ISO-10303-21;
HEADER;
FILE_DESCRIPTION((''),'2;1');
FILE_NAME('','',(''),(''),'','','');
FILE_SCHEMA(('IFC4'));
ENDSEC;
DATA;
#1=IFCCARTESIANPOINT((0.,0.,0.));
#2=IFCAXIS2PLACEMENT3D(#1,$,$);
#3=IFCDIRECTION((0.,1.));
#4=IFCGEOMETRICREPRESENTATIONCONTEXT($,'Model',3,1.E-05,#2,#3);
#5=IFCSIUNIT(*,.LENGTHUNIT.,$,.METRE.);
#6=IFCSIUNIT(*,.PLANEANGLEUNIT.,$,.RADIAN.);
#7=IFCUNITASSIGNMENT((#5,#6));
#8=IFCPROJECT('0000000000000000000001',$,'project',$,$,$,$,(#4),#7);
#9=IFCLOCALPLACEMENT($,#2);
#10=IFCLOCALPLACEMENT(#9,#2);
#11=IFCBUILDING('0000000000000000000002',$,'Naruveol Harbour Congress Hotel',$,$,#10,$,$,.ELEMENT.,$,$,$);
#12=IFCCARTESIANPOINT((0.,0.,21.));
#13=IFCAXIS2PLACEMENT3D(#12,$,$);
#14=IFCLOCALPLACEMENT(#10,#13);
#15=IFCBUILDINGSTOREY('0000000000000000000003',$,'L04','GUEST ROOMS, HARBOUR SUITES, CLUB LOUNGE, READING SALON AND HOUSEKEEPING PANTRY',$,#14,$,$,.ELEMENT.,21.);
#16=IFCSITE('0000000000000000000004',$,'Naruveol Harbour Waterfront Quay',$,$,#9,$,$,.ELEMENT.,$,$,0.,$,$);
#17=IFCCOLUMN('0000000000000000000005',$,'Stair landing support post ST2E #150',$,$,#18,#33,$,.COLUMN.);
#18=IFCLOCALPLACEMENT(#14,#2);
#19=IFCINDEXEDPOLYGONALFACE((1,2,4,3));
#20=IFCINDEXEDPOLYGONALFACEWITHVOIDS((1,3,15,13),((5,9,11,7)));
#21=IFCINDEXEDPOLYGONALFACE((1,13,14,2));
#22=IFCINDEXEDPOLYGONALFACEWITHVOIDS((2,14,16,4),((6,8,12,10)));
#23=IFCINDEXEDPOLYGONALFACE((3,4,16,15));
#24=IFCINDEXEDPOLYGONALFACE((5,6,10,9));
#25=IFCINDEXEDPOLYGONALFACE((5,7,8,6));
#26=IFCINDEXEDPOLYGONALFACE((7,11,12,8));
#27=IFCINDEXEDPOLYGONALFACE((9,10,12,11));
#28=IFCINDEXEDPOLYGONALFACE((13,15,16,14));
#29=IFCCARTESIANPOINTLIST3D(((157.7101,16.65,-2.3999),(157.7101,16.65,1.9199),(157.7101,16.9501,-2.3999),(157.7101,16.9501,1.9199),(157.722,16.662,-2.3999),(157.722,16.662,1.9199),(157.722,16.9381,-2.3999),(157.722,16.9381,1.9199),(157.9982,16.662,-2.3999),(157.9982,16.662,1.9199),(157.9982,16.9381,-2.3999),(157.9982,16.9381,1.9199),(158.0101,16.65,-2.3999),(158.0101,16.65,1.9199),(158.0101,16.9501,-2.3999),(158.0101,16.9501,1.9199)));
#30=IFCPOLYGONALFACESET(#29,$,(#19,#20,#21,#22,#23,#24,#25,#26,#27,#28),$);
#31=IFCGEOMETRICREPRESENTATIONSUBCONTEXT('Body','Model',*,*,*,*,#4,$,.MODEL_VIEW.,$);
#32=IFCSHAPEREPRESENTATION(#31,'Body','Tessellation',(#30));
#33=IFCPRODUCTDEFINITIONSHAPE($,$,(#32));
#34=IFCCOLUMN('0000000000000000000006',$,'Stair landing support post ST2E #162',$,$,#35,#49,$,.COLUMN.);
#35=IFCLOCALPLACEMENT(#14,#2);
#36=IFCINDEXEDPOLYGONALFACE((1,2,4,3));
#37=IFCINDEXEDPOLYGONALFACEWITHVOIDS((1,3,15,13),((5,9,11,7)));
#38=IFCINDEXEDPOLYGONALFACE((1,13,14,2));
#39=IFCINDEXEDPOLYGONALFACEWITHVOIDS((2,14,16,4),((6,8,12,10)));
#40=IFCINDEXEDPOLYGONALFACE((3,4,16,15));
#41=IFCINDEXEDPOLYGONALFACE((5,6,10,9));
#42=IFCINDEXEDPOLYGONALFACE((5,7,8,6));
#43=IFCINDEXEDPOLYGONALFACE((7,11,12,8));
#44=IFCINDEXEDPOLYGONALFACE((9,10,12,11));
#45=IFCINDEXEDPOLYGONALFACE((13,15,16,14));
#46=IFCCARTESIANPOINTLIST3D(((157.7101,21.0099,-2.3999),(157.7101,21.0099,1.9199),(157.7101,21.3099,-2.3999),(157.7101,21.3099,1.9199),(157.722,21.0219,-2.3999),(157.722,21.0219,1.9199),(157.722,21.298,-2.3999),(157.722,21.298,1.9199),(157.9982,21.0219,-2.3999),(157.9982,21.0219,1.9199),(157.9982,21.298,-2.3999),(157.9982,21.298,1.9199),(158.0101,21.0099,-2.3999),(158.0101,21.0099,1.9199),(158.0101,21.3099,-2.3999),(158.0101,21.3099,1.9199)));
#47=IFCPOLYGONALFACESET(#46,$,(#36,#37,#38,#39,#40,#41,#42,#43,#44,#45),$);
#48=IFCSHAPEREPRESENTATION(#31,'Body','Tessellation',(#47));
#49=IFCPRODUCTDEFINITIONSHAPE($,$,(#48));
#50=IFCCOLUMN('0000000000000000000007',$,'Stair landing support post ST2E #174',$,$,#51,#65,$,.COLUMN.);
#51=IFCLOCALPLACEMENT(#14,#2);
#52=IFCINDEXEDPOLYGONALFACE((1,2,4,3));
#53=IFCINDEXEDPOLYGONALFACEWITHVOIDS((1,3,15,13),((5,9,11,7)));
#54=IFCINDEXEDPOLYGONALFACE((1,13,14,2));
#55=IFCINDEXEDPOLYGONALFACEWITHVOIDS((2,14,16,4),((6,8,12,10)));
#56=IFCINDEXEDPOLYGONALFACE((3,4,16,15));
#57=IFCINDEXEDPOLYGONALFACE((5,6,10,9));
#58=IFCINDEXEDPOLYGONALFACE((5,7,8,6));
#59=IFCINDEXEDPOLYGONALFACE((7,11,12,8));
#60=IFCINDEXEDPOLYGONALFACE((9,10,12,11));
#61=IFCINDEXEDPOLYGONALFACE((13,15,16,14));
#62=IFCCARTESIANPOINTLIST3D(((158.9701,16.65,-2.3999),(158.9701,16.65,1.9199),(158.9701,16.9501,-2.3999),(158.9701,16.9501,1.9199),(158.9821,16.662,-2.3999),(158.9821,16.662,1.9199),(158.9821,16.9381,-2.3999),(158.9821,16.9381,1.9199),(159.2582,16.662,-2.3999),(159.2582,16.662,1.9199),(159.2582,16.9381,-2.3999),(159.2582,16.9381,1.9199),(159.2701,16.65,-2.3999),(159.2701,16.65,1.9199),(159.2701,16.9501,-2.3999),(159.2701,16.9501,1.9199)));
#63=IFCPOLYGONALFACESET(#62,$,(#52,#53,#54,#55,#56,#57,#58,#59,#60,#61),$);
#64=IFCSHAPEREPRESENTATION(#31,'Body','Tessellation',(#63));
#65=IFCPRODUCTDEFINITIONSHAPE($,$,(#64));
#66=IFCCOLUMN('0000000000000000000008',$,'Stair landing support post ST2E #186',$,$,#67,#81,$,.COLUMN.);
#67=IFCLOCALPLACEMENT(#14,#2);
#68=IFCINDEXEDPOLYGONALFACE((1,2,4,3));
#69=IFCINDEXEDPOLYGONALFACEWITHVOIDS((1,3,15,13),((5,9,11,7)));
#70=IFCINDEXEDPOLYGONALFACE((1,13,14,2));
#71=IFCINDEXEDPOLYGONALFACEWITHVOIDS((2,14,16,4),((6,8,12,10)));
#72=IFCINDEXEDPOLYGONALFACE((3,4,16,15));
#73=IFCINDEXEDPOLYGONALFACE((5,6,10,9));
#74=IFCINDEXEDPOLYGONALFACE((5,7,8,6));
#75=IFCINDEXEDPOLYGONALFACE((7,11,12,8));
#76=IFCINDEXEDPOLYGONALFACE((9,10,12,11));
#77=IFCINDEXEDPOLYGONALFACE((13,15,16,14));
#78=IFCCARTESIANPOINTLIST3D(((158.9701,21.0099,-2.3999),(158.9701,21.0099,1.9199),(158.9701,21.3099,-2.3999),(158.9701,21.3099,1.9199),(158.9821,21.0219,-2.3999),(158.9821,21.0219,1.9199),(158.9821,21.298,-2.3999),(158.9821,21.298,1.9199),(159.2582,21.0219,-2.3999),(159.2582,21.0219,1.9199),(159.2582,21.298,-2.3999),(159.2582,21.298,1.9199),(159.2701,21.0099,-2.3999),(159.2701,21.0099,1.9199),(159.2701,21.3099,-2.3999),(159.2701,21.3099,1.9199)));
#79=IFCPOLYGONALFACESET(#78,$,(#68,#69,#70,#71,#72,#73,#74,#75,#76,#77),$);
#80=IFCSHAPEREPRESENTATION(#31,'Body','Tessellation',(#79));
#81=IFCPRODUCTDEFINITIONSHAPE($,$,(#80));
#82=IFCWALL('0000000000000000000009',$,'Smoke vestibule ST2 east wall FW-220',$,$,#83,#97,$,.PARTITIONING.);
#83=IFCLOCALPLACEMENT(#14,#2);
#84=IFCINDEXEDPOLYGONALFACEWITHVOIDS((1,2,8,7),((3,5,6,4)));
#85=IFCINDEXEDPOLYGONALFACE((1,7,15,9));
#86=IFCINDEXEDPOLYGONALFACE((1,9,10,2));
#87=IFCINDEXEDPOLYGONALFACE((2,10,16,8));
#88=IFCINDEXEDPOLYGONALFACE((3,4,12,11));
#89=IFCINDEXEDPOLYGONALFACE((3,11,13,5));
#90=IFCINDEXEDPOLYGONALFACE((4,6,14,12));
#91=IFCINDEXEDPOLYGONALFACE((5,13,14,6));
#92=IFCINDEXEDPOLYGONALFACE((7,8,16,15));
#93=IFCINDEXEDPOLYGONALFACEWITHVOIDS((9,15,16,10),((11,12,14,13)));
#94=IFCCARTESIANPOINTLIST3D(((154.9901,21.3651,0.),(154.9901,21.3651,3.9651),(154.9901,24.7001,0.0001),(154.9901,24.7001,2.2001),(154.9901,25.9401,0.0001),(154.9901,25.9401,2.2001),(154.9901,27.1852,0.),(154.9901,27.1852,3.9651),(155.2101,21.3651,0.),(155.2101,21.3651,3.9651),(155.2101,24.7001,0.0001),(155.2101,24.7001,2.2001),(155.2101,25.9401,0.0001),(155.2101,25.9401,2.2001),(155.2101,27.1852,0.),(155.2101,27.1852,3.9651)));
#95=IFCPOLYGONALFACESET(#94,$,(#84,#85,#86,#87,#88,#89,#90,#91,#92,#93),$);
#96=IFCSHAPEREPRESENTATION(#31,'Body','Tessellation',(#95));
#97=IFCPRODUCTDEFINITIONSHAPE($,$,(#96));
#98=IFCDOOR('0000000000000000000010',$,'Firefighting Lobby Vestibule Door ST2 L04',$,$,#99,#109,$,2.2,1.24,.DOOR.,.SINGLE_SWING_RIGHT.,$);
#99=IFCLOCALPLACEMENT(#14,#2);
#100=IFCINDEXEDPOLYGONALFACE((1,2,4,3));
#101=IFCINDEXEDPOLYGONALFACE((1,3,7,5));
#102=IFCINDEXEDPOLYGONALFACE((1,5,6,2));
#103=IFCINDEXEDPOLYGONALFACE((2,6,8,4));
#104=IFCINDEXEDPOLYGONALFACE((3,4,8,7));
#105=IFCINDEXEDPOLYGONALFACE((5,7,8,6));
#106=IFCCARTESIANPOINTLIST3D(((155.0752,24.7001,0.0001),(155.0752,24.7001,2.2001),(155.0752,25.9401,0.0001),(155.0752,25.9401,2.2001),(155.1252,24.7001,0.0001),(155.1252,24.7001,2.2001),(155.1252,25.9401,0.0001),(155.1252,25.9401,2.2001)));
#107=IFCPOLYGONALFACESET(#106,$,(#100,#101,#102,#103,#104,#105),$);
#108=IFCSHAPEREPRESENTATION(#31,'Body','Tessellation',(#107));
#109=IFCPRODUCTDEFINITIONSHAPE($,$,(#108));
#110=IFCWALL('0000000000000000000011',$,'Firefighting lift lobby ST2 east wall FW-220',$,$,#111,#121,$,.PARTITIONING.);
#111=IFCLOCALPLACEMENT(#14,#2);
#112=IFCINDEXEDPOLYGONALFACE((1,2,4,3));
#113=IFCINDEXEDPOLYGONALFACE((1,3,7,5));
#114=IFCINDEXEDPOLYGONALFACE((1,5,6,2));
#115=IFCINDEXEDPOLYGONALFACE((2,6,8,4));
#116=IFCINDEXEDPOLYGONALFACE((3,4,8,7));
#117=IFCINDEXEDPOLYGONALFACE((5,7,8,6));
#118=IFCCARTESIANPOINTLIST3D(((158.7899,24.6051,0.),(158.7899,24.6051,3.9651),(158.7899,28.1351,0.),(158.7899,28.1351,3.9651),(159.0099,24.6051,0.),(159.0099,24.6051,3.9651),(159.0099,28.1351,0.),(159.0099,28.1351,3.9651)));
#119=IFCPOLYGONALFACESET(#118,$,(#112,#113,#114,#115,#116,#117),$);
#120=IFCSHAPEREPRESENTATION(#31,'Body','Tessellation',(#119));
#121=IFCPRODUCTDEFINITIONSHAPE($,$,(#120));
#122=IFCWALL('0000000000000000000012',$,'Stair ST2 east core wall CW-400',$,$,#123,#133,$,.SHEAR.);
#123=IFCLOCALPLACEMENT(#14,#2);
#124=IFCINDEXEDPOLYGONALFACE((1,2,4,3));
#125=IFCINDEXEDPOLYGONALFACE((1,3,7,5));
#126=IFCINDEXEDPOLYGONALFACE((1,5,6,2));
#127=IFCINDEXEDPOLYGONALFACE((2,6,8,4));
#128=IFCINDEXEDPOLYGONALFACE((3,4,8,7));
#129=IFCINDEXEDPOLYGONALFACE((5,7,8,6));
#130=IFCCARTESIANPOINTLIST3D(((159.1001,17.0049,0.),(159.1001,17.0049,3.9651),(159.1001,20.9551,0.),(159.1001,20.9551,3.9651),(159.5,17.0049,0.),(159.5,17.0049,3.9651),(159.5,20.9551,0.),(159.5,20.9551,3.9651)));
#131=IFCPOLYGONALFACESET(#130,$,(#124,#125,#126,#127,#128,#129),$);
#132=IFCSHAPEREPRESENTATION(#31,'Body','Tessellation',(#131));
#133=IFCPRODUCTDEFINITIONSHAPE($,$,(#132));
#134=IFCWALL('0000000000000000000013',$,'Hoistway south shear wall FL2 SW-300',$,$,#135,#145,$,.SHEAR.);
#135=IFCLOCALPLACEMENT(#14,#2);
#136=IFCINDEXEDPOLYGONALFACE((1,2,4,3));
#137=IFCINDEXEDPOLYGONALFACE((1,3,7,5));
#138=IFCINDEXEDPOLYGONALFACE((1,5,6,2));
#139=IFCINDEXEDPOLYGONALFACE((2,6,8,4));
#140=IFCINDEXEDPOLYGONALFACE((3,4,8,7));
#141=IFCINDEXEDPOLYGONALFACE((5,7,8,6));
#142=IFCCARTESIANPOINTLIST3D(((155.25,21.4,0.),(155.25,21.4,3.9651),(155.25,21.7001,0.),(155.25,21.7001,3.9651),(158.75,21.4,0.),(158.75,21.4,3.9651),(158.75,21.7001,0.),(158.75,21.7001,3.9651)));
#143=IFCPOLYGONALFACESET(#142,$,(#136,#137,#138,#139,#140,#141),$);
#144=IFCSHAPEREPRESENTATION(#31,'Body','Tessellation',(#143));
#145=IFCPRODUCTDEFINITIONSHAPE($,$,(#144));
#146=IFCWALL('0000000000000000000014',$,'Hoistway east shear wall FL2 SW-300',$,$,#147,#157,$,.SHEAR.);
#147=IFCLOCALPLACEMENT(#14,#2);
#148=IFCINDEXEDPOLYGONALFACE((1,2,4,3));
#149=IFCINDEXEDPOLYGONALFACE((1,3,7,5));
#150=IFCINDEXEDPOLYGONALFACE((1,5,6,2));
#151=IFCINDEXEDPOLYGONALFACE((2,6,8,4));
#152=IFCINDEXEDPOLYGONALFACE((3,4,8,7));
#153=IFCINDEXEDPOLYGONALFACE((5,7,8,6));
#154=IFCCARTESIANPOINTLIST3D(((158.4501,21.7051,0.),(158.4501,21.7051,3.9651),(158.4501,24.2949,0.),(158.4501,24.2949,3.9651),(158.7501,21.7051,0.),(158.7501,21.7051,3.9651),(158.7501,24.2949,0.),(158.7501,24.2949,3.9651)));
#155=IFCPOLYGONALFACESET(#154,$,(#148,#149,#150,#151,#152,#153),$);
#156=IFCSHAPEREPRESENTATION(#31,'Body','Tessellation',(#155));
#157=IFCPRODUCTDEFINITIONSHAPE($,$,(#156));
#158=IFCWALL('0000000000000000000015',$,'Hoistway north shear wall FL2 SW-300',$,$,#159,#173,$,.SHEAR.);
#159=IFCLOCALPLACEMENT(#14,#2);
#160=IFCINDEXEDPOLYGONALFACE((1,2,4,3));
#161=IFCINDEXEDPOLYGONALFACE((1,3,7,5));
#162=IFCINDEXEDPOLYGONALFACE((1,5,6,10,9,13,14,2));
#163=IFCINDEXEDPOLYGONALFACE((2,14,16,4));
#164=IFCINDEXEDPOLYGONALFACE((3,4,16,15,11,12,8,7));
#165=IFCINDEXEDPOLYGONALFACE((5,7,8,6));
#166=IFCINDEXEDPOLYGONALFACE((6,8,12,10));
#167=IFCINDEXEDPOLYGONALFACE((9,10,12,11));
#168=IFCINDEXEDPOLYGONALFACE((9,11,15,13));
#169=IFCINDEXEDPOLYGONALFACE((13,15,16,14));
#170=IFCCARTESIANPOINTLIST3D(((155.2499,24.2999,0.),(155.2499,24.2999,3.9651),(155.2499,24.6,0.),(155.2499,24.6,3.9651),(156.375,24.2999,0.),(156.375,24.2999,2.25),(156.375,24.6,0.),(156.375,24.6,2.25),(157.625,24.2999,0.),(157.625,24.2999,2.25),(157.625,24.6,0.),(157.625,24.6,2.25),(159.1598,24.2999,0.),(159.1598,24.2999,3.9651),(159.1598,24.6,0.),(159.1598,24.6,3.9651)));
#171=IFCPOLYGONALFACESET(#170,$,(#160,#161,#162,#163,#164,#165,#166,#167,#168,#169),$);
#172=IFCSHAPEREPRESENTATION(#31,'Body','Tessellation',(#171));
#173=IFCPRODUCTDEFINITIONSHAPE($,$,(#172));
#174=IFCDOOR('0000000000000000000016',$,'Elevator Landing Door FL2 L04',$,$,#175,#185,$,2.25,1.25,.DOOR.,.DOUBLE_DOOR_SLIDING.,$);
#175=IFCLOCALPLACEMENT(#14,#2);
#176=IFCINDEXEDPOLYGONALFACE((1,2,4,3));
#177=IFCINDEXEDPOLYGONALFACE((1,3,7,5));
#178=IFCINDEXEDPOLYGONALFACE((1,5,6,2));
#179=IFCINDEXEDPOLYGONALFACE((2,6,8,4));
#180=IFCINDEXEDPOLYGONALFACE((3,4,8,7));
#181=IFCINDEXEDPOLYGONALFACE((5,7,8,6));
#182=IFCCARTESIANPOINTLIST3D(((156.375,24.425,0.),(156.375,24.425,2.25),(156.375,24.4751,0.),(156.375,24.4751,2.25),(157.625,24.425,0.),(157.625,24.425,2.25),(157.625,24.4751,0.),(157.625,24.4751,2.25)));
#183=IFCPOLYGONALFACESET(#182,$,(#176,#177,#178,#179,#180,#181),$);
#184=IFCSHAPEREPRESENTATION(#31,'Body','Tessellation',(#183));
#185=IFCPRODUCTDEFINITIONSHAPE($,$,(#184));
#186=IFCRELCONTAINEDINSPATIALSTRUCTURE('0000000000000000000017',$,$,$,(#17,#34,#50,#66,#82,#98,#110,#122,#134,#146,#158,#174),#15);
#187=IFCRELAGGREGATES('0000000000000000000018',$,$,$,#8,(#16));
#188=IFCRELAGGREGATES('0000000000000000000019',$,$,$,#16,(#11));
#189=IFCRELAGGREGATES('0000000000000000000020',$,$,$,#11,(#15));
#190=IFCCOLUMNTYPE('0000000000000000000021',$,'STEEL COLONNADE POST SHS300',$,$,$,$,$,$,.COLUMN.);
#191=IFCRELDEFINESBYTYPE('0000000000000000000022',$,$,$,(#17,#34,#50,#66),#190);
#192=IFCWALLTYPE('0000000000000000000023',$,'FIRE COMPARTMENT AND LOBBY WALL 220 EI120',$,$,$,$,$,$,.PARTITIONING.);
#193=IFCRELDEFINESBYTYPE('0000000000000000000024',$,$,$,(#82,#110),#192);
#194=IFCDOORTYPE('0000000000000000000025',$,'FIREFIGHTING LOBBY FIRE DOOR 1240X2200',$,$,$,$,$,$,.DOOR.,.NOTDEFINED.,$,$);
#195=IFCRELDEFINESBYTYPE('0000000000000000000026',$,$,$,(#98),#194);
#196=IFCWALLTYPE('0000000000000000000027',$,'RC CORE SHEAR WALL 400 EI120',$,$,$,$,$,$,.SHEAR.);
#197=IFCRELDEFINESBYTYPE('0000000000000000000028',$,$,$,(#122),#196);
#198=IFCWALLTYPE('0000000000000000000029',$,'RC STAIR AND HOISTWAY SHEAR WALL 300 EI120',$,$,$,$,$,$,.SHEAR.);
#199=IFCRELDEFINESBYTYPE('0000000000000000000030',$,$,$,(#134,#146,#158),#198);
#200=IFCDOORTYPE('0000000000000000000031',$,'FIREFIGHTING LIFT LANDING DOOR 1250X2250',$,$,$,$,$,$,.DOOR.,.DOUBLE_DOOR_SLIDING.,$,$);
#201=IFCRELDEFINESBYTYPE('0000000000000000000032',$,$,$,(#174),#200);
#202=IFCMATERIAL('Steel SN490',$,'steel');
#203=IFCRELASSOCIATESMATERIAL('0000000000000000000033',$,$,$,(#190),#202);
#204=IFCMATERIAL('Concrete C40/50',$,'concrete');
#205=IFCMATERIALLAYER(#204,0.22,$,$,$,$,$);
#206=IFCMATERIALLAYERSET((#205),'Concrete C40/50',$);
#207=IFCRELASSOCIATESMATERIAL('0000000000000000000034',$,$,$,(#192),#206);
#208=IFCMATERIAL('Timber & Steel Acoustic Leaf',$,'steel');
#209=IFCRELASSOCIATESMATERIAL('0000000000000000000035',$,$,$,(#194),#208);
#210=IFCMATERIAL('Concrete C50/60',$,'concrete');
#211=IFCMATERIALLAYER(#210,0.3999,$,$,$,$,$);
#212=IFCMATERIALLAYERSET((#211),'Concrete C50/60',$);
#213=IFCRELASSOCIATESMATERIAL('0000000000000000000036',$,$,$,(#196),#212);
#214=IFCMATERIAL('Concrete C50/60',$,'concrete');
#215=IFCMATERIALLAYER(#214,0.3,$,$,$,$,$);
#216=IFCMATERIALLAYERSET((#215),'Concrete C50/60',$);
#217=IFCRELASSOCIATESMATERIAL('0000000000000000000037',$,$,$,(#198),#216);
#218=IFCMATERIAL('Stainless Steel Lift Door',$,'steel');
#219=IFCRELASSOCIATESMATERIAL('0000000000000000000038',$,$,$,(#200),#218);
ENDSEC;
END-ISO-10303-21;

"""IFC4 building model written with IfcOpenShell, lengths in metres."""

from ifc_helpers import new_model, si_unit, direction, frame, frame_2d, origin, origin_2d, place, context, subcontext, project, spatial, rectangle, hollow_rectangle, extrude, material, layer, layer_set, material_profile, profile_set, type_object, element, fill, save


model = new_model("IFC4")

# Units and contexts
model_context = context("Model", 3, precision=1e-05, world=origin(), true_north=direction((0.0, 1.0)))
body_context = subcontext(model_context, "Body", "Model", "MODEL_VIEW")
ifc_project = project(units=[si_unit("LENGTHUNIT", "METRE"), si_unit("PLANEANGLEUNIT", "RADIAN")], contexts=[model_context])

# Site, building, storey
site_placement = place(None, origin())
site = spatial("IfcSite", under=ifc_project, at=site_placement, Name="Naruveol Harbour Waterfront Quay", CompositionType="ELEMENT", RefElevation=0.0)
building_placement = place(site_placement, origin())
building = spatial("IfcBuilding", under=site, at=building_placement, Name="Naruveol Harbour Congress Hotel", CompositionType="ELEMENT")
storey_placement = place(building_placement, frame((0.0, 0.0, 21.0)))
storey = spatial("IfcBuildingStorey", under=building, at=storey_placement, Name="L04", Description="GUEST ROOMS, HARBOUR SUITES, CLUB LOUNGE, READING SALON AND HOUSEKEEPING PANTRY", CompositionType="ELEMENT", Elevation=21.0)

# Columns
ifc_material_1 = material(Name="Steel SN490", Category="steel")
ifc_material_profile = material_profile(ifc_material_1, hollow_rectangle(XDim=0.3, YDim=0.3, WallThickness=0.012, at=origin_2d()), Name="SHS-300x300x12")
ifc_profile_set = profile_set([ifc_material_profile], Name="Steel SN490")
column_type = type_object("IfcColumnType", Name="STEEL COLONNADE POST SHS300", PredefinedType="COLUMN", material=ifc_profile_set)
for number, where, z_axis, x_axis, name in (
    (1, (157.8601, 16.8, -2.3999), (0.0, 0.0, 1.0), (1.0, 0.0, 0.0), "Stair landing support post ST2E #150"),
    (2, (157.8601, 21.1599, -2.3999), (0.0, 0.0, 1.0), (1.0, 0.0, 0.0), "Stair landing support post ST2E #162"),
    (3, (159.1201, 16.8, -2.3999), (0.0, 0.0, 1.0), (1.0, 0.0, 0.0), "Stair landing support post ST2E #174"),
    (4, (159.1201, 21.1599, -2.3999), (0.0, 0.0, 1.0), (1.0, 0.0, 0.0), "Stair landing support post ST2E #186"),
):
    element("IfcColumn", number, at=place(storey_placement, frame(where, z_axis=z_axis, x_axis=x_axis)), inside=storey, type_object=column_type, Name=name, PredefinedType="COLUMN", context=body_context, shape_type="SweptSolid", body=[
        extrude(hollow_rectangle(XDim=0.3, YDim=0.3, WallThickness=0.012, at=origin_2d()), origin(), (0.0, 0.0, 1.0), 4.3198),
    ])

# Wall, opening, door
ifc_material_2 = material(Name="Concrete C40/50", Category="concrete")
ifc_layer_1 = layer(ifc_material_2, 0.22)
ifc_layer_set_1 = layer_set([ifc_layer_1], Name="Concrete C40/50")
wall_type_1 = type_object("IfcWallType", Name="FIRE COMPARTMENT AND LOBBY WALL 220 EI120", PredefinedType="PARTITIONING", material=ifc_layer_set_1)
wall_1_placement = place(storey_placement, frame((155.1001, 21.365, 0.0), z_axis=(0.0, 0.0, 1.0), x_axis=(0.0, 1.0, 0.0)))
wall_1 = element("IfcWall", 5, at=wall_1_placement, inside=storey, type_object=wall_type_1, Name="Smoke vestibule ST2 east wall FW-220", PredefinedType="PARTITIONING", context=body_context, shape_type="SweptSolid", body=[
    extrude(rectangle(XDim=5.8201, YDim=0.22, at=frame_2d((2.9102, 0.0))), origin(), (0.0, 0.0, 1.0), 3.9651),
])
opening_1_placement = place(wall_1_placement, frame((3.335, 0.0, 0.0)))
opening_1 = element("IfcOpeningElement", 6, at=opening_1_placement, cuts=wall_1, PredefinedType="OPENING", context=body_context, shape_type="SweptSolid", body=[
    extrude(rectangle(XDim=1.24, YDim=2.2, at=frame_2d((0.6201, 1.1001))), frame((0.0, 0.1199, 0.0), z_axis=(0.0, -1.0, 0.0), x_axis=(1.0, 0.0, 0.0)), (0.0, 0.0, 1.0), 0.24),
])
ifc_material_3 = material(Name="Timber & Steel Acoustic Leaf", Category="steel")
door_type_1 = type_object("IfcDoorType", Name="FIREFIGHTING LOBBY FIRE DOOR 1240X2200", OperationType="NOTDEFINED", PredefinedType="DOOR", material=ifc_material_3)
door_1_placement = place(opening_1_placement, origin())
door_1 = element("IfcDoor", 7, at=door_1_placement, inside=storey, type_object=door_type_1, Name="Firefighting Lobby Vestibule Door ST2 L04", OperationType="SINGLE_SWING_RIGHT", OverallHeight=2.2, OverallWidth=1.24, PredefinedType="DOOR", context=body_context, shape_type="SweptSolid", body=[
    extrude(rectangle(XDim=1.24, YDim=2.2, at=frame_2d((0.6201, 1.1001))), frame((0.0, 0.0249, 0.0), z_axis=(0.0, -1.0, 0.0), x_axis=(1.0, 0.0, 0.0)), (0.0, 0.0, 1.0), 0.05),
])
fill(opening_1, door_1)

# Walls
wall_2_placement = place(storey_placement, frame((158.8999, 24.605, 0.0), z_axis=(0.0, 0.0, 1.0), x_axis=(0.0, 1.0, 0.0)))
element("IfcWall", 8, at=wall_2_placement, inside=storey, type_object=wall_type_1, Name="Firefighting lift lobby ST2 east wall FW-220", PredefinedType="PARTITIONING", context=body_context, shape_type="SweptSolid", body=[
    extrude(rectangle(XDim=3.53, YDim=0.22, at=frame_2d((1.7651, 0.0))), origin(), (0.0, 0.0, 1.0), 3.9651),
])
ifc_material_4 = material(Name="Concrete C50/60", Category="concrete")
ifc_layer_2 = layer(ifc_material_4, 0.3999)
ifc_layer_set_2 = layer_set([ifc_layer_2], Name="Concrete C50/60")
wall_type_2 = type_object("IfcWallType", Name="RC CORE SHEAR WALL 400 EI120", PredefinedType="SHEAR", material=ifc_layer_set_2)
wall_3_placement = place(storey_placement, frame((159.3, 17.0049, 0.0), z_axis=(0.0, 0.0, 1.0), x_axis=(0.0, 1.0, 0.0)))
element("IfcWall", 9, at=wall_3_placement, inside=storey, type_object=wall_type_2, Name="Stair ST2 east core wall CW-400", PredefinedType="SHEAR", context=body_context, shape_type="SweptSolid", body=[
    extrude(rectangle(XDim=3.9502, YDim=0.3999, at=frame_2d((1.9751, 0.0))), origin(), (0.0, 0.0, 1.0), 3.9651),
])
ifc_material_5 = material(Name="Concrete C50/60", Category="concrete")
ifc_layer_3 = layer(ifc_material_5, 0.3)
ifc_layer_set_3 = layer_set([ifc_layer_3], Name="Concrete C50/60")
wall_type_3 = type_object("IfcWallType", Name="RC STAIR AND HOISTWAY SHEAR WALL 300 EI120", PredefinedType="SHEAR", material=ifc_layer_set_3)
wall_4_placement = place(storey_placement, frame((155.25, 21.55, 0.0), z_axis=(0.0, 0.0, 1.0), x_axis=(1.0, 0.0, 0.0)))
element("IfcWall", 10, at=wall_4_placement, inside=storey, type_object=wall_type_3, Name="Hoistway south shear wall FL2 SW-300", PredefinedType="SHEAR", context=body_context, shape_type="SweptSolid", body=[
    extrude(rectangle(XDim=3.5, YDim=0.3, at=frame_2d((1.75, 0.0))), origin(), (0.0, 0.0, 1.0), 3.9651),
])
wall_5_placement = place(storey_placement, frame((158.6001, 21.7051, 0.0), z_axis=(0.0, 0.0, 1.0), x_axis=(0.0, 1.0, 0.0)))
element("IfcWall", 11, at=wall_5_placement, inside=storey, type_object=wall_type_3, Name="Hoistway east shear wall FL2 SW-300", PredefinedType="SHEAR", context=body_context, shape_type="SweptSolid", body=[
    extrude(rectangle(XDim=2.5898, YDim=0.3, at=frame_2d((1.2949, 0.0))), origin(), (0.0, 0.0, 1.0), 3.9651),
])

# Wall, opening, door
wall_6_placement = place(storey_placement, frame((159.1599, 24.45, 0.0), z_axis=(0.0, 0.0, 1.0), x_axis=(-1.0, 0.0, 0.0)))
wall_6 = element("IfcWall", 12, at=wall_6_placement, inside=storey, type_object=wall_type_3, Name="Hoistway north shear wall FL2 SW-300", PredefinedType="SHEAR", context=body_context, shape_type="SweptSolid", body=[
    extrude(rectangle(XDim=3.9099, YDim=0.3, at=frame_2d((1.9551, 0.0))), origin(), (0.0, 0.0, 1.0), 3.9651),
])
opening_2_placement = place(wall_6_placement, frame((1.5349, 0.0, 0.0)))
opening_2 = element("IfcOpeningElement", 13, at=opening_2_placement, cuts=wall_6, PredefinedType="OPENING", context=body_context, shape_type="SweptSolid", body=[
    extrude(rectangle(XDim=1.25, YDim=2.25, at=frame_2d((0.625, 1.125))), frame((0.0, 0.1599, 0.0), z_axis=(0.0, -1.0, 0.0), x_axis=(1.0, 0.0, 0.0)), (0.0, 0.0, 1.0), 0.3201),
])
ifc_material_6 = material(Name="Stainless Steel Lift Door", Category="steel")
door_type_2 = type_object("IfcDoorType", Name="FIREFIGHTING LIFT LANDING DOOR 1250X2250", OperationType="DOUBLE_DOOR_SLIDING", PredefinedType="DOOR", material=ifc_material_6)
door_2_placement = place(opening_2_placement, origin())
door_2 = element("IfcDoor", 14, at=door_2_placement, inside=storey, type_object=door_type_2, Name="Elevator Landing Door FL2 L04", OperationType="DOUBLE_DOOR_SLIDING", OverallHeight=2.25, OverallWidth=1.25, PredefinedType="DOOR", context=body_context, shape_type="SweptSolid", body=[
    extrude(rectangle(XDim=1.25, YDim=2.25, at=frame_2d((0.625, 1.125))), frame((0.0, 0.0249, 0.0), z_axis=(0.0, -1.0, 0.0), x_axis=(1.0, 0.0, 0.0)), (0.0, 0.0, 1.0), 0.05),
])
fill(opening_2, door_2)

save(model, "model.ifc")
